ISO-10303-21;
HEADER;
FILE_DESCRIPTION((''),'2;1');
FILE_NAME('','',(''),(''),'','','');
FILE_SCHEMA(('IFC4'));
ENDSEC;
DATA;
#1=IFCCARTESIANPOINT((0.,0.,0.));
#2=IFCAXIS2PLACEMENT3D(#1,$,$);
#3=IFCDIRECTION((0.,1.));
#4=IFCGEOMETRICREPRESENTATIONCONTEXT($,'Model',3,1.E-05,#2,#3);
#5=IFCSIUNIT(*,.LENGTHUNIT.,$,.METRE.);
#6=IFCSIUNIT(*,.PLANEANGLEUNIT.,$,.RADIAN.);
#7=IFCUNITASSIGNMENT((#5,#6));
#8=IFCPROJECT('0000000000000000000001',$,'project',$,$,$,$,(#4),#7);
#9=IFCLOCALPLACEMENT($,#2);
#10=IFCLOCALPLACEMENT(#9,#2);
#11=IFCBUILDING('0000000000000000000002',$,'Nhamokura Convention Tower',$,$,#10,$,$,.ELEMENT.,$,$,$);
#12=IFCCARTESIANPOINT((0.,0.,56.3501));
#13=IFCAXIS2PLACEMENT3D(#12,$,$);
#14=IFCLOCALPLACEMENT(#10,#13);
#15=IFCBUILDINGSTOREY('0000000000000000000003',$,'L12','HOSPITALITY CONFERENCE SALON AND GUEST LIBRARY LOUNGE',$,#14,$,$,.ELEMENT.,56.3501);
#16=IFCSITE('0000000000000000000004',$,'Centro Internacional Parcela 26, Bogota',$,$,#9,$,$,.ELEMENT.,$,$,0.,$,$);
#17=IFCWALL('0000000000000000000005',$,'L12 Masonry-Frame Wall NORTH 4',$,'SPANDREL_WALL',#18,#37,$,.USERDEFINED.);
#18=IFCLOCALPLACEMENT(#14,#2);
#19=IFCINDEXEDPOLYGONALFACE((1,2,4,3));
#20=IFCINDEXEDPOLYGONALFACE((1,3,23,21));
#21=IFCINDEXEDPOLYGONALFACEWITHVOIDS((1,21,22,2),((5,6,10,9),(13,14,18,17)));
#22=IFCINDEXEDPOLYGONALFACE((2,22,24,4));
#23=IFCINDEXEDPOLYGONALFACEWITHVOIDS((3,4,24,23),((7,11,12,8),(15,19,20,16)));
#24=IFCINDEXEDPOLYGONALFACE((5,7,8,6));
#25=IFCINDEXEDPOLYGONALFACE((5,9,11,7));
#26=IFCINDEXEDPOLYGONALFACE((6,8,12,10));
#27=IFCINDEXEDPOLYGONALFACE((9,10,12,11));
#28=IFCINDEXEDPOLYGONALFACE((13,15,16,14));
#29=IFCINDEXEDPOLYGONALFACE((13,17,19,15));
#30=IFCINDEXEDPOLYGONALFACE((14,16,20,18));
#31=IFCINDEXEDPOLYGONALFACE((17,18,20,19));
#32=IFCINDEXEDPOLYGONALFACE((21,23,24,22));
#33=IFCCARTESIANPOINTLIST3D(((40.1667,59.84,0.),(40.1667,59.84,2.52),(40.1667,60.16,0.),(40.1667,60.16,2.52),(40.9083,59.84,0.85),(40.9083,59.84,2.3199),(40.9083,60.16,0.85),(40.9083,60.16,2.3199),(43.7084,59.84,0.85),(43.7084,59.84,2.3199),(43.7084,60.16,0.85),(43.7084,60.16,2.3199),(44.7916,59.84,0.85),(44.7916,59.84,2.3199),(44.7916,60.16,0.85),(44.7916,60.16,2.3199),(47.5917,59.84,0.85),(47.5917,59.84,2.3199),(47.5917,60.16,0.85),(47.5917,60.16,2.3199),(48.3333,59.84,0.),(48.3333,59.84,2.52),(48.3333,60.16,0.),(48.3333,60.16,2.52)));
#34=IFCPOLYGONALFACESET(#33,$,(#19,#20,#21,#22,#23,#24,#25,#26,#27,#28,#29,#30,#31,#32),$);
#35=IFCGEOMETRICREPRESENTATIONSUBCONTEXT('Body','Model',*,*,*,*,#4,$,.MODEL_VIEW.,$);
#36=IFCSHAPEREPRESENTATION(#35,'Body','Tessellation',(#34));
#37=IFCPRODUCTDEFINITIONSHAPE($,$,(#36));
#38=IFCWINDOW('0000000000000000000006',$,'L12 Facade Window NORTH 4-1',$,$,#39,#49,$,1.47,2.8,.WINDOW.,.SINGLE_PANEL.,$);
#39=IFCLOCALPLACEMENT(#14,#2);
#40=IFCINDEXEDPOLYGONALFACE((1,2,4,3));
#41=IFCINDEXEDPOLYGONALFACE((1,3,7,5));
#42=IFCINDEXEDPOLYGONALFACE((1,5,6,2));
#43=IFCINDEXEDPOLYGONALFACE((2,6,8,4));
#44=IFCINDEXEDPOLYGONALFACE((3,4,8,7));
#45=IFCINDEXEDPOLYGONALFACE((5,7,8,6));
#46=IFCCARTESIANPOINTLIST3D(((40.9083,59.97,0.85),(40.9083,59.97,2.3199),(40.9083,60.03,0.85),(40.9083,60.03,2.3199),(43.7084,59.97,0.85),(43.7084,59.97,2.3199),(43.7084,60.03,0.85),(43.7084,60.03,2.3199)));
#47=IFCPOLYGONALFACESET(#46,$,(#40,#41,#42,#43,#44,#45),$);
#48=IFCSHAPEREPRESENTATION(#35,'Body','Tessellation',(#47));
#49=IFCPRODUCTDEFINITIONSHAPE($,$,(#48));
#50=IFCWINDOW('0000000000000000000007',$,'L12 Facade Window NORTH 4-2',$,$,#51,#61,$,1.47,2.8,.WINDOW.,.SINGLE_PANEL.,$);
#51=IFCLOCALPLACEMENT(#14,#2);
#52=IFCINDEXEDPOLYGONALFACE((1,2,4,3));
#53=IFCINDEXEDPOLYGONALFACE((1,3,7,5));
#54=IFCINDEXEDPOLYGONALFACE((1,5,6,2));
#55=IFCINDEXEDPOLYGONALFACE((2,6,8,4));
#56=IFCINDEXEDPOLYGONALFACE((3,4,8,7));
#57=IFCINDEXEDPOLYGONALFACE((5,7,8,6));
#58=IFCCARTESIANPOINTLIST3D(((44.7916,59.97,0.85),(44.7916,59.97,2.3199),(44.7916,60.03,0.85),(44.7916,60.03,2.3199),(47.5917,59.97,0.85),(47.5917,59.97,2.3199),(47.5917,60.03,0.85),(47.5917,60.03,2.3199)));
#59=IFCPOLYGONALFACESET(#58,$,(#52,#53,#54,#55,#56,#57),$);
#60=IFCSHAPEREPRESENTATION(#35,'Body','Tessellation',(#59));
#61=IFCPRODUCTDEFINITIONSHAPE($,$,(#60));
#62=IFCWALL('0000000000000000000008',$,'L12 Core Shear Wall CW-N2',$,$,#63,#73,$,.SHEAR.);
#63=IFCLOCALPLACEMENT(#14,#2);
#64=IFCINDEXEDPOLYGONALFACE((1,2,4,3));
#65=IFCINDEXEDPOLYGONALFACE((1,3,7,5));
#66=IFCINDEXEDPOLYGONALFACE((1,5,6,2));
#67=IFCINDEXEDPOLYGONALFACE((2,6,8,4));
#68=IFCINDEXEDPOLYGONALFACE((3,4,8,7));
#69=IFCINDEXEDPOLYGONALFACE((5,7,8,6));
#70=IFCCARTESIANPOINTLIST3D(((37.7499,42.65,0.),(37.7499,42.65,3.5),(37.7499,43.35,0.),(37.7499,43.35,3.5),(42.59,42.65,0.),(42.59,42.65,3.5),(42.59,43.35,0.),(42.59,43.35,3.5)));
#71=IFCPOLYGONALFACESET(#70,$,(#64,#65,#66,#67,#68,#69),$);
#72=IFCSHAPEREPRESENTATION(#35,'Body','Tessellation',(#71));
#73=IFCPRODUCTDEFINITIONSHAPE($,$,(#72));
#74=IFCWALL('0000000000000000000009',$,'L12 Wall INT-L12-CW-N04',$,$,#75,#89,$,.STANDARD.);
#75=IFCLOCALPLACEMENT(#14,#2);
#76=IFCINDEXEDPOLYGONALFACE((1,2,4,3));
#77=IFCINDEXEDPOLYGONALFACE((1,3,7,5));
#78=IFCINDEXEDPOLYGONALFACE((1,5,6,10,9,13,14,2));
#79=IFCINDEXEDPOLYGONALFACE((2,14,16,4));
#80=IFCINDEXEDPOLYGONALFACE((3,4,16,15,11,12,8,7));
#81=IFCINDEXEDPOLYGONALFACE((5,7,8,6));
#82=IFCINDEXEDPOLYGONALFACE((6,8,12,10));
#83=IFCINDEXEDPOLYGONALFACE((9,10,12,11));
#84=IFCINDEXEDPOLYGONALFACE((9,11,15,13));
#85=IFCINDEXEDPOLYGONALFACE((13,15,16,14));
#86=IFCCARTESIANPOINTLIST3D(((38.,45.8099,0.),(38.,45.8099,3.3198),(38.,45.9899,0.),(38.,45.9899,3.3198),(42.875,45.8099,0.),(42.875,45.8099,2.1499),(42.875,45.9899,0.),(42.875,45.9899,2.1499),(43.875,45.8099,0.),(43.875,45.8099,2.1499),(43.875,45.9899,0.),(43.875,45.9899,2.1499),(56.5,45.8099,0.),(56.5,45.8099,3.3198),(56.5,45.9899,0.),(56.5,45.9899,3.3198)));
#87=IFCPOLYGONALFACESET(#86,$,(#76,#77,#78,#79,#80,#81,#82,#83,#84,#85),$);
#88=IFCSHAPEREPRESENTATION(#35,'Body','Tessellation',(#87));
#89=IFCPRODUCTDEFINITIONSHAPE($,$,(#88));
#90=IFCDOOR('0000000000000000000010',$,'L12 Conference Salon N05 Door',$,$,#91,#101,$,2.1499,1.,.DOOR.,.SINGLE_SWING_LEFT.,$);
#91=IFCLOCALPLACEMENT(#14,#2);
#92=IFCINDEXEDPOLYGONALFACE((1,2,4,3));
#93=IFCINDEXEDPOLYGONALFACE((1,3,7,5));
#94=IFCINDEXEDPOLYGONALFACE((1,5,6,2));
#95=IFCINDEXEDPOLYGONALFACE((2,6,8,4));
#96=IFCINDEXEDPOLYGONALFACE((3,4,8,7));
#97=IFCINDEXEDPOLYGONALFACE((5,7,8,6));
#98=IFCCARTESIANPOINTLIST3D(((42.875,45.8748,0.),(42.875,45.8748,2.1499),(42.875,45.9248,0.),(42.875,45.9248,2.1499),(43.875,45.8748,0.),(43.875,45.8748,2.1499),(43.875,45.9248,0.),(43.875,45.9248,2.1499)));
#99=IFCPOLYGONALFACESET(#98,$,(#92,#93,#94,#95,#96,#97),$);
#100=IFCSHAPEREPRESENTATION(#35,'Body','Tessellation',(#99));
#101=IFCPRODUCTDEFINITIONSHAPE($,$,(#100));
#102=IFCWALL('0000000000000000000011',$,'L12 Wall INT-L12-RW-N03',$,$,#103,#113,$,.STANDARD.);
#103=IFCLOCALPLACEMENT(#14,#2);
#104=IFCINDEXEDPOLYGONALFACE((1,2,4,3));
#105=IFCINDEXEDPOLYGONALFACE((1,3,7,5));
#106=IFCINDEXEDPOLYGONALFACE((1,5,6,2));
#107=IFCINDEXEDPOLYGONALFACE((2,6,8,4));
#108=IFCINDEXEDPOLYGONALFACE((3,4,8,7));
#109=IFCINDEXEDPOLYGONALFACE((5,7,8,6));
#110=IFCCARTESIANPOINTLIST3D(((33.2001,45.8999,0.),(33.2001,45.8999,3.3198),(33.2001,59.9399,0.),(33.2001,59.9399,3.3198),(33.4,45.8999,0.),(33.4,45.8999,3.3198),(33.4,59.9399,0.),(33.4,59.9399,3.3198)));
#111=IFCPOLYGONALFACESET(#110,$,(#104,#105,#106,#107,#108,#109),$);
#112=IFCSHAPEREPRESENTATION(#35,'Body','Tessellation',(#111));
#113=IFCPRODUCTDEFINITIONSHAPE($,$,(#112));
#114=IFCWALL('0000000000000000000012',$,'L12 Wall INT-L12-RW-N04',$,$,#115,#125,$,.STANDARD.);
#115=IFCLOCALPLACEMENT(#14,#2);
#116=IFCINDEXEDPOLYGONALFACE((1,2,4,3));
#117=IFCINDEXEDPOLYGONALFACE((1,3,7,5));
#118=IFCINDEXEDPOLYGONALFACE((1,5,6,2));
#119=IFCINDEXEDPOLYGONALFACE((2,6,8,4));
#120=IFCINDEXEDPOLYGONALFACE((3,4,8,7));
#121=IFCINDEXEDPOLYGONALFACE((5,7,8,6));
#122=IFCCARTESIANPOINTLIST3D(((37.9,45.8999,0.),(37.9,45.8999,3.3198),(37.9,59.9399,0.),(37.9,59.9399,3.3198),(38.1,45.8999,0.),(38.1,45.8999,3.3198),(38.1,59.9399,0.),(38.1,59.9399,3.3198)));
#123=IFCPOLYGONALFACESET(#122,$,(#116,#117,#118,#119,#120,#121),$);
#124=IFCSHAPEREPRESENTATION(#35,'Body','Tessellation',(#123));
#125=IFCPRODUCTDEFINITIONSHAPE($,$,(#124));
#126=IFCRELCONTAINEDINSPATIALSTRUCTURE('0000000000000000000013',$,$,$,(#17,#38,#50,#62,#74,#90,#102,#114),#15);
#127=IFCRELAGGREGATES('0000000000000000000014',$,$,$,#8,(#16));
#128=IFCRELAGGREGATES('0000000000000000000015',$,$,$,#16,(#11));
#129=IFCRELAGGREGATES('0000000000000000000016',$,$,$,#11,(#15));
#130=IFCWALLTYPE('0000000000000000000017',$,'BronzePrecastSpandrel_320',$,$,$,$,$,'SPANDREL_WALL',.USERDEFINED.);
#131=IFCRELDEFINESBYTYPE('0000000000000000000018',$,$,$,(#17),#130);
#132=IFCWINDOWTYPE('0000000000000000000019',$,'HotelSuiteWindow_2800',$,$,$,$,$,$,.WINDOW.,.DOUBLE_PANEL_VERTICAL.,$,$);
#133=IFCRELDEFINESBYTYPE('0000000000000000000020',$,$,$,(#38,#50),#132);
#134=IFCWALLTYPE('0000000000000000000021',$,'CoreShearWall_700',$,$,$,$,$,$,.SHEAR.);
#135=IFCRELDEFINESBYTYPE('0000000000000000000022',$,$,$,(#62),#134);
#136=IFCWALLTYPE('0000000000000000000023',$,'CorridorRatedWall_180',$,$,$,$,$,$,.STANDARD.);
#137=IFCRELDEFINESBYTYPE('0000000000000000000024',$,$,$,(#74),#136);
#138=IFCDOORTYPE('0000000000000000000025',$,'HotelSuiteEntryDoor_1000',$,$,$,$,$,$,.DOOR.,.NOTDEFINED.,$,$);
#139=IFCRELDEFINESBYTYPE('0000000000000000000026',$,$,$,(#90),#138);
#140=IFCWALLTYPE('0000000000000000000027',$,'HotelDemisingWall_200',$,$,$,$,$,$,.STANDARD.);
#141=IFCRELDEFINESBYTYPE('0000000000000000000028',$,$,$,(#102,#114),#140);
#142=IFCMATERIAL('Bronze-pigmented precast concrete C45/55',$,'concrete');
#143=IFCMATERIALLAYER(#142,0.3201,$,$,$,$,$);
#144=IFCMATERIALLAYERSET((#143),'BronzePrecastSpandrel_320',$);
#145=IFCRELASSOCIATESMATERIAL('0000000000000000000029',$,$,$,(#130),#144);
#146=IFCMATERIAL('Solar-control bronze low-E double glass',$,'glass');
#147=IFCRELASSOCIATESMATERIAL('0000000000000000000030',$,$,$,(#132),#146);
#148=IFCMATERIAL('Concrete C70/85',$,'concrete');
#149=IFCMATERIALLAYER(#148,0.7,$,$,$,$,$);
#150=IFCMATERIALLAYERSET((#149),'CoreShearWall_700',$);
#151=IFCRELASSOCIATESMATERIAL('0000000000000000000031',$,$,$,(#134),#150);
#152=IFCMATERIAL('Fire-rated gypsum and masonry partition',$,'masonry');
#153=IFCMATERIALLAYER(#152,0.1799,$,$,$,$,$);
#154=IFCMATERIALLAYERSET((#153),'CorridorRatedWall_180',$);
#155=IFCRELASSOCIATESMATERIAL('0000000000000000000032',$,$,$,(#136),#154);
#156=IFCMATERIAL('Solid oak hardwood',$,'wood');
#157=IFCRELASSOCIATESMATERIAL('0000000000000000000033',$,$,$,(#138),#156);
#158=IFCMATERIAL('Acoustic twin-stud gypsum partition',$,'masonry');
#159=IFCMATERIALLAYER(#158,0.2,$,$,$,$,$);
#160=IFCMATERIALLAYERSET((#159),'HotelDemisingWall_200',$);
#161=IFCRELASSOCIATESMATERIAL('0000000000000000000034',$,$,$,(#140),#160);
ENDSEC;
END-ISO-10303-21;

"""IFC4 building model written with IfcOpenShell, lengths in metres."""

from ifc_helpers import new_model, si_unit, direction, frame, frame_2d, origin, place, context, subcontext, project, spatial, rectangle, extrude, material, layer, layer_set, type_object, element, fill, save


model = new_model("IFC4")

# Units and contexts
model_context = context("Model", 3, precision=1e-05, world=origin(), true_north=direction((0.0, 1.0)))
body_context = subcontext(model_context, "Body", "Model", "MODEL_VIEW")
ifc_project = project(units=[si_unit("LENGTHUNIT", "METRE"), si_unit("PLANEANGLEUNIT", "RADIAN")], contexts=[model_context])

# Site, building, storey
site_placement = place(None, origin())
site = spatial("IfcSite", under=ifc_project, at=site_placement, Name="Centro Internacional Parcela 26, Bogota", CompositionType="ELEMENT", RefElevation=0.0)
building_placement = place(site_placement, origin())
building = spatial("IfcBuilding", under=site, at=building_placement, Name="Nhamokura Convention Tower", CompositionType="ELEMENT")
storey_placement = place(building_placement, frame((0.0, 0.0, 56.3501)))
storey = spatial("IfcBuildingStorey", under=building, at=storey_placement, Name="L12", Description="HOSPITALITY CONFERENCE SALON AND GUEST LIBRARY LOUNGE", CompositionType="ELEMENT", Elevation=56.3501)

# Shared definitions
ifc_material_1 = material(Name="Bronze-pigmented precast concrete C45/55", Category="concrete")
ifc_layer_1 = layer(ifc_material_1, 0.3201)
ifc_layer_set_1 = layer_set([ifc_layer_1], Name="BronzePrecastSpandrel_320")
wall_type_1 = type_object("IfcWallType", Name="BronzePrecastSpandrel_320", ElementType="SPANDREL_WALL", PredefinedType="USERDEFINED", material=ifc_layer_set_1)

# Wall, openings, windows
wall_1_placement = place(storey_placement, frame((40.1667, 60.0, 0.0), z_axis=(0.0, 0.0, 1.0), x_axis=(1.0, 0.0, 0.0)))
wall_1 = element("IfcWall", 1, at=wall_1_placement, inside=storey, type_object=wall_type_1, Name="L12 Masonry-Frame Wall NORTH 4", ObjectType="SPANDREL_WALL", PredefinedType="USERDEFINED", context=body_context, shape_type="SweptSolid", body=[
    extrude(rectangle(XDim=8.1665, YDim=0.3201, at=frame_2d((4.0833, 0.0))), origin(), (0.0, 0.0, 1.0), 2.52),
])
opening_1_placement = place(wall_1_placement, frame((0.7417, 0.0, 0.8501)))
opening_1 = element("IfcOpeningElement", 2, at=opening_1_placement, cuts=wall_1, PredefinedType="OPENING", context=body_context, shape_type="SweptSolid", body=[
    extrude(rectangle(XDim=2.8, YDim=1.47, at=frame_2d((1.3999, 0.7349))), frame((0.0, 0.1699, 0.0), z_axis=(0.0, -1.0, 0.0), x_axis=(1.0, 0.0, 0.0)), (0.0, 0.0, 1.0), 0.3401),
])
opening_2_placement = place(wall_1_placement, frame((4.625, 0.0, 0.8501)))
opening_2 = element("IfcOpeningElement", 3, at=opening_2_placement, cuts=wall_1, PredefinedType="OPENING", context=body_context, shape_type="SweptSolid", body=[
    extrude(rectangle(XDim=2.8, YDim=1.47, at=frame_2d((1.3999, 0.7349))), frame((0.0, 0.1699, 0.0), z_axis=(0.0, -1.0, 0.0), x_axis=(1.0, 0.0, 0.0)), (0.0, 0.0, 1.0), 0.3401),
])
ifc_material_2 = material(Name="Solar-control bronze low-E double glass", Category="glass")
window_type_1 = type_object("IfcWindowType", Name="HotelSuiteWindow_2800", PartitioningType="DOUBLE_PANEL_VERTICAL", PredefinedType="WINDOW", material=ifc_material_2)
window_1_placement = place(opening_1_placement, origin())
window_1 = element("IfcWindow", 4, at=window_1_placement, inside=storey, type_object=window_type_1, Name="L12 Facade Window NORTH 4-1", OverallHeight=1.47, OverallWidth=2.8, PartitioningType="SINGLE_PANEL", PredefinedType="WINDOW", context=body_context, shape_type="SweptSolid", body=[
    extrude(rectangle(XDim=2.8, YDim=1.47, at=frame_2d((1.3999, 0.7349))), frame((0.0, 0.03, 0.0), z_axis=(0.0, -1.0, 0.0), x_axis=(1.0, 0.0, 0.0)), (0.0, 0.0, 1.0), 0.0601),
])
fill(opening_1, window_1)
window_2_placement = place(opening_2_placement, origin())
window_2 = element("IfcWindow", 5, at=window_2_placement, inside=storey, type_object=window_type_1, Name="L12 Facade Window NORTH 4-2", OverallHeight=1.47, OverallWidth=2.8, PartitioningType="SINGLE_PANEL", PredefinedType="WINDOW", context=body_context, shape_type="SweptSolid", body=[
    extrude(rectangle(XDim=2.8, YDim=1.47, at=frame_2d((1.3999, 0.7349))), frame((0.0, 0.03, 0.0), z_axis=(0.0, -1.0, 0.0), x_axis=(1.0, 0.0, 0.0)), (0.0, 0.0, 1.0), 0.0601),
])
fill(opening_2, window_2)

# Wall
ifc_material_3 = material(Name="Concrete C70/85", Category="concrete")
ifc_layer_2 = layer(ifc_material_3, 0.7)
ifc_layer_set_2 = layer_set([ifc_layer_2], Name="CoreShearWall_700")
wall_type_2 = type_object("IfcWallType", Name="CoreShearWall_700", PredefinedType="SHEAR", material=ifc_layer_set_2)
wall_2_placement = place(storey_placement, frame((37.75, 43.0, 0.0), z_axis=(0.0, 0.0, 1.0), x_axis=(1.0, 0.0, 0.0)))
element("IfcWall", 6, at=wall_2_placement, inside=storey, type_object=wall_type_2, Name="L12 Core Shear Wall CW-N2", PredefinedType="SHEAR", context=body_context, shape_type="SweptSolid", body=[
    extrude(rectangle(XDim=4.8401, YDim=0.7, at=frame_2d((2.4199, 0.0))), origin(), (0.0, 0.0, 1.0), 3.5),
])

# Wall, opening, door
ifc_material_4 = material(Name="Fire-rated gypsum and masonry partition", Category="masonry")
ifc_layer_3 = layer(ifc_material_4, 0.1799)
ifc_layer_set_3 = layer_set([ifc_layer_3], Name="CorridorRatedWall_180")
wall_type_3 = type_object("IfcWallType", Name="CorridorRatedWall_180", PredefinedType="STANDARD", material=ifc_layer_set_3)
ifc_material_5 = material(Name="Solid oak hardwood", Category="wood")
door_type_1 = type_object("IfcDoorType", Name="HotelSuiteEntryDoor_1000", OperationType="NOTDEFINED", PredefinedType="DOOR", material=ifc_material_5)
wall_3_placement = place(storey_placement, frame((38.0, 45.8999, 0.0), z_axis=(0.0, 0.0, 1.0), x_axis=(1.0, 0.0, 0.0)))
wall_3 = element("IfcWall", 7, at=wall_3_placement, inside=storey, type_object=wall_type_3, Name="L12 Wall INT-L12-CW-N04", PredefinedType="STANDARD", context=body_context, shape_type="SweptSolid", body=[
    extrude(rectangle(XDim=18.5, YDim=0.1799, at=frame_2d((9.25, 0.0))), origin(), (0.0, 0.0, 1.0), 3.3198),
])
opening_3_placement = place(wall_3_placement, frame((4.875, 0.0, 0.0)))
opening_3 = element("IfcOpeningElement", 8, at=opening_3_placement, cuts=wall_3, PredefinedType="OPENING", context=body_context, shape_type="SweptSolid", body=[
    extrude(rectangle(XDim=1.0, YDim=2.1499, at=frame_2d((0.5, 1.075))), frame((0.0, 0.0999, 0.0), z_axis=(0.0, -1.0, 0.0), x_axis=(1.0, 0.0, 0.0)), (0.0, 0.0, 1.0), 0.2),
])
door_1_placement = place(opening_3_placement, origin())
door_1 = element("IfcDoor", 9, at=door_1_placement, inside=storey, type_object=door_type_1, Name="L12 Conference Salon N05 Door", OperationType="SINGLE_SWING_LEFT", OverallHeight=2.1499, OverallWidth=1.0, PredefinedType="DOOR", context=body_context, shape_type="SweptSolid", body=[
    extrude(rectangle(XDim=1.0, YDim=2.1499, at=frame_2d((0.5, 1.075))), frame((0.0, 0.0249, 0.0), z_axis=(0.0, -1.0, 0.0), x_axis=(1.0, 0.0, 0.0)), (0.0, 0.0, 1.0), 0.05),
])
fill(opening_3, door_1)

# Walls
ifc_material_6 = material(Name="Acoustic twin-stud gypsum partition", Category="masonry")
ifc_layer_4 = layer(ifc_material_6, 0.2)
ifc_layer_set_4 = layer_set([ifc_layer_4], Name="HotelDemisingWall_200")
wall_type_4 = type_object("IfcWallType", Name="HotelDemisingWall_200", PredefinedType="STANDARD", material=ifc_layer_set_4)
for number, where, z_axis, x_axis, name in (
    (10, (33.3, 45.8999, 0.0), (0.0, 0.0, 1.0), (0.0, 1.0, 0.0), "L12 Wall INT-L12-RW-N03"),
    (11, (38.0, 45.8999, 0.0), (0.0, 0.0, 1.0), (0.0, 1.0, 0.0), "L12 Wall INT-L12-RW-N04"),
):
    element("IfcWall", number, at=place(storey_placement, frame(where, z_axis=z_axis, x_axis=x_axis)), inside=storey, type_object=wall_type_4, Name=name, PredefinedType="STANDARD", context=body_context, shape_type="SweptSolid", body=[
        extrude(rectangle(XDim=14.04, YDim=0.2, at=frame_2d((7.02, 0.0))), origin(), (0.0, 0.0, 1.0), 3.3198),
    ])

save(model, "model.ifc")
